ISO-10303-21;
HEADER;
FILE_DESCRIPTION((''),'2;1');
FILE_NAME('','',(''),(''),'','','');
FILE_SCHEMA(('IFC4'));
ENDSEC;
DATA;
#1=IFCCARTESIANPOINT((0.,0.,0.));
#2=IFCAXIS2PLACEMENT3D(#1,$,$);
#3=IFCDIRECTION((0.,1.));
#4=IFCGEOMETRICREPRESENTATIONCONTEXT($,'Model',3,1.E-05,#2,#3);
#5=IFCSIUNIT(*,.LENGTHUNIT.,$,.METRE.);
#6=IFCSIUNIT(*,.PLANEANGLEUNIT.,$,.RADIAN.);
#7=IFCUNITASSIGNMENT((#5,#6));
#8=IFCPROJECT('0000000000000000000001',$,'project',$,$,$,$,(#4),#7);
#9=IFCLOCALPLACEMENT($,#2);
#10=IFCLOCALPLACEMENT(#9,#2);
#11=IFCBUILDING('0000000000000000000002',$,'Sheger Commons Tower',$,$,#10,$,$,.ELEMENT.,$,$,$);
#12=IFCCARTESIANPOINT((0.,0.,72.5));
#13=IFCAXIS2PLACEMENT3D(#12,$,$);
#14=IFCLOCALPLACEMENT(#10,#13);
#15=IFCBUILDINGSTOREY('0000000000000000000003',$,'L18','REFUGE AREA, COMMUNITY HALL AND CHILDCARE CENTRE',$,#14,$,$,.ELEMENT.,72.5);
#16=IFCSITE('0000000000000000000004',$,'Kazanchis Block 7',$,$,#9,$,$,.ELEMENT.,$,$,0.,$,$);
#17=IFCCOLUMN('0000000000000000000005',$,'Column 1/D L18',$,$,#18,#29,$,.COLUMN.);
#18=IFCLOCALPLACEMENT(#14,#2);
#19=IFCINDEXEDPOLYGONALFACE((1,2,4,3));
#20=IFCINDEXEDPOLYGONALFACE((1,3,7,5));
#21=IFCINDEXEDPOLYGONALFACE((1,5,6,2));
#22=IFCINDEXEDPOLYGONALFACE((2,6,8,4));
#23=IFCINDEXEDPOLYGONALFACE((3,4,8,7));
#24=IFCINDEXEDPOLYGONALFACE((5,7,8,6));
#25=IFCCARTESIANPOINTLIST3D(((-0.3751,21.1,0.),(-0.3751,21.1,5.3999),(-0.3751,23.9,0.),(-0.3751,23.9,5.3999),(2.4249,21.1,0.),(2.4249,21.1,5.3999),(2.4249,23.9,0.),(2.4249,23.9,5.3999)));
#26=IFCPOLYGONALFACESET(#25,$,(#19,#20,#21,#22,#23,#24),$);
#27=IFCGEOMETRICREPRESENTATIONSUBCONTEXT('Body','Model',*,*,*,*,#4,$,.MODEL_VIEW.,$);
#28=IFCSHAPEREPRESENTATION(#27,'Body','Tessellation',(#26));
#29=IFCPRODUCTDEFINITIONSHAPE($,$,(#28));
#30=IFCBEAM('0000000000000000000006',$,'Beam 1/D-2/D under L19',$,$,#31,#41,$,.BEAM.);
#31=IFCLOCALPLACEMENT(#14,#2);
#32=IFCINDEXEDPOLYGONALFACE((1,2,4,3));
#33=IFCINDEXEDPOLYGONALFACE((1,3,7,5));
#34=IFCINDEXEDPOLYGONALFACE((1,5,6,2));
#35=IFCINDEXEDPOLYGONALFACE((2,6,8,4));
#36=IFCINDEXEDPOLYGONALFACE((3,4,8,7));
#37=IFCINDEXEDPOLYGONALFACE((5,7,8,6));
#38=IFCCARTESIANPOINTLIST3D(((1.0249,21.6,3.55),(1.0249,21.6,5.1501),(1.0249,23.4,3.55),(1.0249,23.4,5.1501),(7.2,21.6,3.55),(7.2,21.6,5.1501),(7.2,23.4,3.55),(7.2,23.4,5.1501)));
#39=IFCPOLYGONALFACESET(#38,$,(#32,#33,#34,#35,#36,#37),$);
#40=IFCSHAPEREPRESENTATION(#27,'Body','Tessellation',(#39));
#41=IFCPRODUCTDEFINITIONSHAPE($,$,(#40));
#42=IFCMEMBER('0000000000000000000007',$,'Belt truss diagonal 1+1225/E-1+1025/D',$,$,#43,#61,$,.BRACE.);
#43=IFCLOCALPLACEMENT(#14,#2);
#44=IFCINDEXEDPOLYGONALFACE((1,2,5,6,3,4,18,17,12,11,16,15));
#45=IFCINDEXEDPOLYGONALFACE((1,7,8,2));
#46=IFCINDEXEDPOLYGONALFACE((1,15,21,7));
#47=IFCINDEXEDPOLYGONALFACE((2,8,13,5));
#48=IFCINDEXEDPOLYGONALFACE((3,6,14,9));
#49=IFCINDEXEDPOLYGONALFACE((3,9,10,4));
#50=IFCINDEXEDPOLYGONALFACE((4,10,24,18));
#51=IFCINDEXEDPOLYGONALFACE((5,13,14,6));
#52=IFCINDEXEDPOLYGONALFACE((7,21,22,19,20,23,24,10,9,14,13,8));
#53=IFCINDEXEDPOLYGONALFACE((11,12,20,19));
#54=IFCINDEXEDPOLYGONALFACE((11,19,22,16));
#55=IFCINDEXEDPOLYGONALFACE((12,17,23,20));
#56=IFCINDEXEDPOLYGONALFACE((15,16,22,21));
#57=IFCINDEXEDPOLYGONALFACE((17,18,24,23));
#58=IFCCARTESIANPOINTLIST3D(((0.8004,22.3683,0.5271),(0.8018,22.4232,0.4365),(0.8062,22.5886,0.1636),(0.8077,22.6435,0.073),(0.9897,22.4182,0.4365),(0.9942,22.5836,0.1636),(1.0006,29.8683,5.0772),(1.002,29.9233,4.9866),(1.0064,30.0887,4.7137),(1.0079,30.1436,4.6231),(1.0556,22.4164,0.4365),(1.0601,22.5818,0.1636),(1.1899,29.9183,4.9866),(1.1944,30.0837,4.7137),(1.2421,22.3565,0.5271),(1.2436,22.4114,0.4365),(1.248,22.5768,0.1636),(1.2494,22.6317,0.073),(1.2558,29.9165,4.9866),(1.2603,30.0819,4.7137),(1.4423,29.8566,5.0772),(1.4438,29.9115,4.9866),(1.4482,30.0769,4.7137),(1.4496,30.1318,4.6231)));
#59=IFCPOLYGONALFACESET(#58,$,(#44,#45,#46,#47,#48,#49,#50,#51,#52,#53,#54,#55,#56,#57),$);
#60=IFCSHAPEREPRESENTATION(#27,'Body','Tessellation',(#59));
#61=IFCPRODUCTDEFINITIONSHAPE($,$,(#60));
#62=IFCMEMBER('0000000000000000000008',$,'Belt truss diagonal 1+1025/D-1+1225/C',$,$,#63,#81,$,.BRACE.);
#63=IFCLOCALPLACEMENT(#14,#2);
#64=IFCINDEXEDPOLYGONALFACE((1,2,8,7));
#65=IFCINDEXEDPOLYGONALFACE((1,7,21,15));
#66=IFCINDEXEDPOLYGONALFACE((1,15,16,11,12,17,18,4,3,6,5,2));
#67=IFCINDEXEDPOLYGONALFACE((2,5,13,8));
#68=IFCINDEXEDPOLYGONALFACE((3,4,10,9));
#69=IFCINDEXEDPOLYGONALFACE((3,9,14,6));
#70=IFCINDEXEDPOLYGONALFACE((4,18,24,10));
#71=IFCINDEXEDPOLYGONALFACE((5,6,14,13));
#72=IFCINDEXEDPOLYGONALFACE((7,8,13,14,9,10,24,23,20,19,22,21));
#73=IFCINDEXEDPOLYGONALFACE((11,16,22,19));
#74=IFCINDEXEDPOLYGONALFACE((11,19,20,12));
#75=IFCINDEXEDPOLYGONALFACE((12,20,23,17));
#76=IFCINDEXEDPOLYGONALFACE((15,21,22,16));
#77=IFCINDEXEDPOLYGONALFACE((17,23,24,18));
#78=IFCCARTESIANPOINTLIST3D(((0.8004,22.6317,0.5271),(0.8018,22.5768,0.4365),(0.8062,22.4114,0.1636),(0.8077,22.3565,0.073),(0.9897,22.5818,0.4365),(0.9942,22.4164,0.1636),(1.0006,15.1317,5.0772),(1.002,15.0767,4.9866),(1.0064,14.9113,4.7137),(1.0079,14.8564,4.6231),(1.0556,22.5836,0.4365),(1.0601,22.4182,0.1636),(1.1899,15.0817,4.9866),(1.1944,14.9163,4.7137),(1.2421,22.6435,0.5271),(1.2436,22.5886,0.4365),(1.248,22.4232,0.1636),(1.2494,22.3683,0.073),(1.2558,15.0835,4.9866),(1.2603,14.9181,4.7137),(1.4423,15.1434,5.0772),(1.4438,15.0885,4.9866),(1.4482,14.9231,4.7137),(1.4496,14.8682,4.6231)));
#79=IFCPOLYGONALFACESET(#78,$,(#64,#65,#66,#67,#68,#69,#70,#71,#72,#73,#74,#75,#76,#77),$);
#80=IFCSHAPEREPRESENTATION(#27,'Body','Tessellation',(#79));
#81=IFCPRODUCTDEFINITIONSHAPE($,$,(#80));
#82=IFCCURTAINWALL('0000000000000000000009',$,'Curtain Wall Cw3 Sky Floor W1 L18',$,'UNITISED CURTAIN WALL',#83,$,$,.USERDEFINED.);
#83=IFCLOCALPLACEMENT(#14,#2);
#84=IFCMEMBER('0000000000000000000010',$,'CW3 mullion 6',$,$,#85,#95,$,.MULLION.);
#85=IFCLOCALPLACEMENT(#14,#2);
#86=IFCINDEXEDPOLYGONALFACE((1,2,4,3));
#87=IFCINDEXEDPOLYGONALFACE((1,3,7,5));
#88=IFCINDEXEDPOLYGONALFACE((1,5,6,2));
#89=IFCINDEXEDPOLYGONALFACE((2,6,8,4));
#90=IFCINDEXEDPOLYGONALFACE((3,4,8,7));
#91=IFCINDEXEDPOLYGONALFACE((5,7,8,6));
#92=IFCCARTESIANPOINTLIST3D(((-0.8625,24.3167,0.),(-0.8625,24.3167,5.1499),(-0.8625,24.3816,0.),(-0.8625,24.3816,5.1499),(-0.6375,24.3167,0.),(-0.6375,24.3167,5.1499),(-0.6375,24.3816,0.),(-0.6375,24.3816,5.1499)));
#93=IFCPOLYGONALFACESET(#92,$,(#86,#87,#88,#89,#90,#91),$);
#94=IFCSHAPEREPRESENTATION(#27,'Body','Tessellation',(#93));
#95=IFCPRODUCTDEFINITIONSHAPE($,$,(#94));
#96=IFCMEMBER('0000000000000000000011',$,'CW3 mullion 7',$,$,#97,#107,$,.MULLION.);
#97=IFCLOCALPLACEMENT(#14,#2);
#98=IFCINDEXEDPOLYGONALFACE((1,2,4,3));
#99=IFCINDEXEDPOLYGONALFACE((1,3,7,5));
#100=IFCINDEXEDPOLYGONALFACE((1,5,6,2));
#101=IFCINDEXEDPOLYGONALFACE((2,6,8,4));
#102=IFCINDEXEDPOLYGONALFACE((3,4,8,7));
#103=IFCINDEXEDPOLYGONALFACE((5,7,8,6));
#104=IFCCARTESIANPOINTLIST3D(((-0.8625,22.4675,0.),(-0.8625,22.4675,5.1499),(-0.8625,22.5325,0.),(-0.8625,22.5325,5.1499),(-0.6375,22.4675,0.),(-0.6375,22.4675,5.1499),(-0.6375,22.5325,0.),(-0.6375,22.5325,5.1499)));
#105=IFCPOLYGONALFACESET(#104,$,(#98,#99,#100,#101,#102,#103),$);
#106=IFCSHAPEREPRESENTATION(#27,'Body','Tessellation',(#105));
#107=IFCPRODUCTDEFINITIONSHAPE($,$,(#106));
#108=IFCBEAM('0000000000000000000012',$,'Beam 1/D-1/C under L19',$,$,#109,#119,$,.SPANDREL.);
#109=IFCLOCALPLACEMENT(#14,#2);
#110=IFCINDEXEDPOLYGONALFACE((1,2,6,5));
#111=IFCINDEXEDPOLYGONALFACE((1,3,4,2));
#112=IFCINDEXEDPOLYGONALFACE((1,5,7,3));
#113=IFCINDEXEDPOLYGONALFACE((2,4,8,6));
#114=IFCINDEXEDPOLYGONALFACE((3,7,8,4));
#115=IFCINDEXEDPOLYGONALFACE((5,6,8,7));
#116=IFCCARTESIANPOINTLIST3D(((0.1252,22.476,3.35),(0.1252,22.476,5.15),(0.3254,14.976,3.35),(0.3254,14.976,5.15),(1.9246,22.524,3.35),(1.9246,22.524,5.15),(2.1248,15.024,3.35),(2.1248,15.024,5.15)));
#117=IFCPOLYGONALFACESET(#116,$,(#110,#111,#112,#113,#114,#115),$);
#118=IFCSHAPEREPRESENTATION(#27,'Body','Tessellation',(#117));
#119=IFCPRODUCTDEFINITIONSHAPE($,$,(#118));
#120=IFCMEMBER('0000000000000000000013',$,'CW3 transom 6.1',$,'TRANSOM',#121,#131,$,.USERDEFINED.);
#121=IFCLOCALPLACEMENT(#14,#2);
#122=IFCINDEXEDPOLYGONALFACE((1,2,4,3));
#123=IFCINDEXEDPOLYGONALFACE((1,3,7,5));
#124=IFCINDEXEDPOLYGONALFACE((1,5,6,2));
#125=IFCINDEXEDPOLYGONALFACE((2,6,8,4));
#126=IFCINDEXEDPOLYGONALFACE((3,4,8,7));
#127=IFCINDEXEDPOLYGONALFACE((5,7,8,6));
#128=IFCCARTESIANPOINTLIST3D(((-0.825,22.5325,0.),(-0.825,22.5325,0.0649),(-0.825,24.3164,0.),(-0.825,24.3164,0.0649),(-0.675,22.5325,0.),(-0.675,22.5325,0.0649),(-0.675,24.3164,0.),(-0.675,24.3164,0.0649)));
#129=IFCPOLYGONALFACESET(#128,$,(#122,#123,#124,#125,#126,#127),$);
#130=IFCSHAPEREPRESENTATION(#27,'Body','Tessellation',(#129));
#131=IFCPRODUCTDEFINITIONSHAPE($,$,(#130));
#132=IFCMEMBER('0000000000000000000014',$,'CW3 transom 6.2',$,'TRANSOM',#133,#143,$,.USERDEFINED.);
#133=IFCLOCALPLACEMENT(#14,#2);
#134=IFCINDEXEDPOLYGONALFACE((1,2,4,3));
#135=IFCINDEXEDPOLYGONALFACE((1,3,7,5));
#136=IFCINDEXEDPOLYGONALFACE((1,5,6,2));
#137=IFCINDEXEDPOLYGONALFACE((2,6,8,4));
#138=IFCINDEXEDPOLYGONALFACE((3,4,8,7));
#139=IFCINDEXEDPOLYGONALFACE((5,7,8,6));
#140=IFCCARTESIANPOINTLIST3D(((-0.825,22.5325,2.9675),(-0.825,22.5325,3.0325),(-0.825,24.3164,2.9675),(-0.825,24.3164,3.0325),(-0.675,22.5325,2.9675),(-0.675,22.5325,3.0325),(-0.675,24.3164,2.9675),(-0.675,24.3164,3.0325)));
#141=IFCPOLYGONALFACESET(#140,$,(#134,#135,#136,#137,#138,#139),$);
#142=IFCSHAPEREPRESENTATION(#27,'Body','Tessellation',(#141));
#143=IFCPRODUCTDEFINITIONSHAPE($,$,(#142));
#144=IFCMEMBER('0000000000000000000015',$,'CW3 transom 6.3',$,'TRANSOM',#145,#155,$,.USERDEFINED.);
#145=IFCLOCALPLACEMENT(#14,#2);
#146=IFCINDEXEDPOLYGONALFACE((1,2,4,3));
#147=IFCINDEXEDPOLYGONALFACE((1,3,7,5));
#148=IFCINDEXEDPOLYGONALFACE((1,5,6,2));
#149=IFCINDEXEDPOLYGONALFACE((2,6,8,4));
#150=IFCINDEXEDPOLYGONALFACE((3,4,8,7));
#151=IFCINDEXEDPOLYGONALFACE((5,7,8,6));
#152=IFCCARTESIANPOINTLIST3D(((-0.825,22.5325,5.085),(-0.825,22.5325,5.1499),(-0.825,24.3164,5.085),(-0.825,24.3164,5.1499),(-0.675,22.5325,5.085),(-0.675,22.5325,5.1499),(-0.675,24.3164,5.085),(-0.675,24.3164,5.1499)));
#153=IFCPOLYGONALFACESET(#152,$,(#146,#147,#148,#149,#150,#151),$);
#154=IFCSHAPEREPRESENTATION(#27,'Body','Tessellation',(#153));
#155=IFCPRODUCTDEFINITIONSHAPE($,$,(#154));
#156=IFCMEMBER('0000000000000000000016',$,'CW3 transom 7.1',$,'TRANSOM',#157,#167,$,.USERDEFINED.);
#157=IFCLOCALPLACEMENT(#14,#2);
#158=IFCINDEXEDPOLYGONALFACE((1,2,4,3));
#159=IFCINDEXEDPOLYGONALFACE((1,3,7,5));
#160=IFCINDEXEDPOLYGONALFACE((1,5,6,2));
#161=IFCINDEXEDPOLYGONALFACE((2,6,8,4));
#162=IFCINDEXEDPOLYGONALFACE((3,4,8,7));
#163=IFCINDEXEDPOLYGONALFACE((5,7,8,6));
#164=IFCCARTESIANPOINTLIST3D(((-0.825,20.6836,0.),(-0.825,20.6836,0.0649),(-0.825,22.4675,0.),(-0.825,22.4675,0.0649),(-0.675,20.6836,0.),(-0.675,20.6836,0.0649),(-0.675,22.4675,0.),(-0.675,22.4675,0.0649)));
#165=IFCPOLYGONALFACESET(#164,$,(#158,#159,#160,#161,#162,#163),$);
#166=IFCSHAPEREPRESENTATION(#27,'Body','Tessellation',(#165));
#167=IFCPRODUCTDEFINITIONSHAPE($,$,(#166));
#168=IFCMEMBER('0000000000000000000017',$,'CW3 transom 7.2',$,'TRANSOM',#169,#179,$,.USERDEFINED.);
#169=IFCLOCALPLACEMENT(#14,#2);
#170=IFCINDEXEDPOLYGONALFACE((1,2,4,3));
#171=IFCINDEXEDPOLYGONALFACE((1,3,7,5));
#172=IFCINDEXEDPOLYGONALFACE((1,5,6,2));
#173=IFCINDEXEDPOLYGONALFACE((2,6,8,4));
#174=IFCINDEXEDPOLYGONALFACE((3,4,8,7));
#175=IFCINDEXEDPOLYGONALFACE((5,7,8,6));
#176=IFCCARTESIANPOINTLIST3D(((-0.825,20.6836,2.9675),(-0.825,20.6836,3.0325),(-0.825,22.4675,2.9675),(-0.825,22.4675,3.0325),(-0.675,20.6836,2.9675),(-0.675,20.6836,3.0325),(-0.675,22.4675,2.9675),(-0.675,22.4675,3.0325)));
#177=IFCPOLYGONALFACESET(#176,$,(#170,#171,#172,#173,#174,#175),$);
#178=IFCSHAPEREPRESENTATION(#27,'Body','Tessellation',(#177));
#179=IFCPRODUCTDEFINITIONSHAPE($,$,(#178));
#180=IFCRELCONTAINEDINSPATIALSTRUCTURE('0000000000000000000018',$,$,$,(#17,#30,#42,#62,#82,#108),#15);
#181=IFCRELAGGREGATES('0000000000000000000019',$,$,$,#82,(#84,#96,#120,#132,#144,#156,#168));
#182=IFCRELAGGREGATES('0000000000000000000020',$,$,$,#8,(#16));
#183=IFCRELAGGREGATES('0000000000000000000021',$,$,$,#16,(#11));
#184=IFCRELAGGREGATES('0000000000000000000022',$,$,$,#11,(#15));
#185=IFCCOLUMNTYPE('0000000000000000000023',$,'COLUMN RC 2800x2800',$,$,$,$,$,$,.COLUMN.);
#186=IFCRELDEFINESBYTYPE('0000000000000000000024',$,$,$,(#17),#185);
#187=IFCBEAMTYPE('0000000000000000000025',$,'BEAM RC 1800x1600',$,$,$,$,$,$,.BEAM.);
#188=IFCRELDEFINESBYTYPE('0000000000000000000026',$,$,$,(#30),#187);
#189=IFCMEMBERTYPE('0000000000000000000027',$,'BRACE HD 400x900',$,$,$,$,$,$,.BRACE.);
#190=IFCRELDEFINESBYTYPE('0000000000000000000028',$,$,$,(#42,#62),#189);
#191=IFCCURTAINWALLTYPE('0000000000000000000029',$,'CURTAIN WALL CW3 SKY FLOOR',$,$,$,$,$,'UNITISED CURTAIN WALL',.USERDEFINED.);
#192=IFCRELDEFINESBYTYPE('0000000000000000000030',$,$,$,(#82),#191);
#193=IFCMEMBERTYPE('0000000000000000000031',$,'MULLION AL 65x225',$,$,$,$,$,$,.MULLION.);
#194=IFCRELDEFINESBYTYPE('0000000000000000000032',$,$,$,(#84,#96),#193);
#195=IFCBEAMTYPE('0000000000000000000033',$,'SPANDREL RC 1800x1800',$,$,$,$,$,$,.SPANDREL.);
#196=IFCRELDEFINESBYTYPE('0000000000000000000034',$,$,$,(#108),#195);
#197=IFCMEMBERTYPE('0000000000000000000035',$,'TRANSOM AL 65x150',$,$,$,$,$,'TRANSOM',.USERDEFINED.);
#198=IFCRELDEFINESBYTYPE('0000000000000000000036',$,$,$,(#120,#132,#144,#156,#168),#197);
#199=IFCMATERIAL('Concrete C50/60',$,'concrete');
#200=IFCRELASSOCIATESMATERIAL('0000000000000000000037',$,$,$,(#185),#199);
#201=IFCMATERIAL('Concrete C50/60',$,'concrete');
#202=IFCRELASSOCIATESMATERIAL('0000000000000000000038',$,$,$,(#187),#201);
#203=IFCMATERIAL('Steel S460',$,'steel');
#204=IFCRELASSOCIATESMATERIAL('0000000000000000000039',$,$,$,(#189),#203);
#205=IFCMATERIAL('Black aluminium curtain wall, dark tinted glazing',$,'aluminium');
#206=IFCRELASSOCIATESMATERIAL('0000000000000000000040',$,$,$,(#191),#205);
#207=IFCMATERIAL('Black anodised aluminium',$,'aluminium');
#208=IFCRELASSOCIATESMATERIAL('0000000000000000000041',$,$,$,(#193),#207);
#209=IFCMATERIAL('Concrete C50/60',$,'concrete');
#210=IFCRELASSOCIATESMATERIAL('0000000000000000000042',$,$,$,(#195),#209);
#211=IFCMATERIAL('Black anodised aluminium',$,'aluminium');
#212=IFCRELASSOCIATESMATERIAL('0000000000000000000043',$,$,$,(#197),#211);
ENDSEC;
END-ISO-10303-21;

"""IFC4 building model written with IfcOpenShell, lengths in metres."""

from ifc_helpers import new_model, si_unit, direction, frame, origin, origin_2d, place, context, subcontext, project, spatial, rectangle, i_section, extrude, material, material_profile, profile_set, type_object, element, aggregate, save


model = new_model("IFC4")

# Units and contexts
model_context = context("Model", 3, precision=1e-05, world=origin(), true_north=direction((0.0, 1.0)))
body_context = subcontext(model_context, "Body", "Model", "MODEL_VIEW")
ifc_project = project(units=[si_unit("LENGTHUNIT", "METRE"), si_unit("PLANEANGLEUNIT", "RADIAN")], contexts=[model_context])

# Site, building, storey
site_placement = place(None, origin())
site = spatial("IfcSite", under=ifc_project, at=site_placement, Name="Kazanchis Block 7", CompositionType="ELEMENT", RefElevation=0.0)
building_placement = place(site_placement, origin())
building = spatial("IfcBuilding", under=site, at=building_placement, Name="Sheger Commons Tower", CompositionType="ELEMENT")
storey_placement = place(building_placement, frame((0.0, 0.0, 72.5)))
storey = spatial("IfcBuildingStorey", under=building, at=storey_placement, Name="L18", Description="REFUGE AREA, COMMUNITY HALL AND CHILDCARE CENTRE", CompositionType="ELEMENT", Elevation=72.5)

# Column
ifc_material_1 = material(Name="Concrete C50/60", Category="concrete")
ifc_material_profile_1 = material_profile(ifc_material_1, rectangle(XDim=2.8, YDim=2.8, at=origin_2d()), Name="RC 2800x2800")
ifc_profile_set_1 = profile_set([ifc_material_profile_1], Name="Concrete C50/60")
column_type = type_object("IfcColumnType", Name="COLUMN RC 2800x2800", PredefinedType="COLUMN", material=ifc_profile_set_1)
column_placement = place(storey_placement, frame((1.0249, 22.5, 0.0), z_axis=(0.0, 0.0, 1.0), x_axis=(1.0, 0.0, 0.0)))
element("IfcColumn", 1, at=column_placement, inside=storey, type_object=column_type, Name="Column 1/D L18", PredefinedType="COLUMN", context=body_context, shape_type="SweptSolid", body=[
    extrude(rectangle(XDim=2.8, YDim=2.8, at=origin_2d()), origin(), (0.0, 0.0, 1.0), 5.3999),
])

# Beam
ifc_material_2 = material(Name="Concrete C50/60", Category="concrete")
ifc_material_profile_2 = material_profile(ifc_material_2, rectangle(XDim=1.8, YDim=1.6001, at=origin_2d()), Name="RC 1800x1600")
ifc_profile_set_2 = profile_set([ifc_material_profile_2], Name="Concrete C50/60")
beam_type_1 = type_object("IfcBeamType", Name="BEAM RC 1800x1600", PredefinedType="BEAM", material=ifc_profile_set_2)
beam_1_placement = place(storey_placement, frame((1.0249, 22.5, 4.3501), z_axis=(1.0, 0.0, 0.0), x_axis=(0.0, 1.0, 0.0)))
element("IfcBeam", 2, at=beam_1_placement, inside=storey, type_object=beam_type_1, Name="Beam 1/D-2/D under L19", PredefinedType="BEAM", context=body_context, shape_type="SweptSolid", body=[
    extrude(rectangle(XDim=1.8, YDim=1.6001, at=origin_2d()), origin(), (0.0, 0.0, 1.0), 6.175),
])

# Members
ifc_material_3 = material(Name="Steel S460", Category="steel")
ifc_material_profile_3 = material_profile(ifc_material_3, i_section(OverallWidth=0.4419, OverallDepth=0.531, WebThickness=0.0659, FlangeThickness=0.106, at=origin_2d()), Name="HD 400x900")
ifc_profile_set_3 = profile_set([ifc_material_profile_3], Name="Steel S460")
member_type_1 = type_object("IfcMemberType", Name="BRACE HD 400x900", PredefinedType="BRACE", material=ifc_profile_set_3)
for number, where, z_axis, x_axis, name in (
    (3, (1.0249, 22.5, 0.3), (0.022815, 0.854743, 0.51855), (-0.999644, 0.026683, 0.0), "Belt truss diagonal 1+1225/E-1+1025/D"),
    (4, (1.0249, 22.5, 0.3), (0.022815, -0.854743, 0.51855), (0.999644, 0.026683, 0.0), "Belt truss diagonal 1+1025/D-1+1225/C"),
):
    element("IfcMember", number, at=place(storey_placement, frame(where, z_axis=z_axis, x_axis=x_axis)), inside=storey, type_object=member_type_1, Name=name, PredefinedType="BRACE", context=body_context, shape_type="SweptSolid", body=[
        extrude(i_section(OverallWidth=0.4419, OverallDepth=0.531, WebThickness=0.0659, FlangeThickness=0.106, at=origin_2d()), origin(), (0.0, 0.0, 1.0), 8.7747),
    ])

# Curtain wall, members
ifc_material_4 = material(Name="Black aluminium curtain wall, dark tinted glazing", Category="aluminium")
curtain_wall_type = type_object("IfcCurtainWallType", Name="CURTAIN WALL CW3 SKY FLOOR", ElementType="UNITISED CURTAIN WALL", PredefinedType="USERDEFINED", material=ifc_material_4)
curtain_wall_placement = place(storey_placement, origin())
curtain_wall = element("IfcCurtainWall", 5, at=curtain_wall_placement, inside=storey, type_object=curtain_wall_type, Name="Curtain Wall Cw3 Sky Floor W1 L18", ObjectType="UNITISED CURTAIN WALL", PredefinedType="USERDEFINED")
ifc_material_5 = material(Name="Black anodised aluminium", Category="aluminium")
ifc_material_profile_4 = material_profile(ifc_material_5, rectangle(XDim=0.2251, YDim=0.0649, at=origin_2d()), Name="AL 65x225")
ifc_profile_set_4 = profile_set([ifc_material_profile_4], Name="Black anodised aluminium")
member_type_2 = type_object("IfcMemberType", Name="MULLION AL 65x225", PredefinedType="MULLION", material=ifc_profile_set_4)
member_1_placement = place(storey_placement, frame((-0.75, 24.3491, 0.0), z_axis=(0.0, 0.0, 1.0), x_axis=(1.0, 0.0, 0.0)))
member_1 = element("IfcMember", 6, at=member_1_placement, type_object=member_type_2, Name="CW3 mullion 6", PredefinedType="MULLION", context=body_context, shape_type="SweptSolid", body=[
    extrude(rectangle(XDim=0.2251, YDim=0.0649, at=origin_2d()), origin(), (0.0, 0.0, 1.0), 5.1499),
])
member_2_placement = place(storey_placement, frame((-0.75, 22.5, 0.0), z_axis=(0.0, 0.0, 1.0), x_axis=(1.0, 0.0, 0.0)))
member_2 = element("IfcMember", 7, at=member_2_placement, type_object=member_type_2, Name="CW3 mullion 7", PredefinedType="MULLION", context=body_context, shape_type="SweptSolid", body=[
    extrude(rectangle(XDim=0.2251, YDim=0.0649, at=origin_2d()), origin(), (0.0, 0.0, 1.0), 5.1499),
])

# Beam
ifc_material_6 = material(Name="Concrete C50/60", Category="concrete")
ifc_material_profile_5 = material_profile(ifc_material_6, rectangle(XDim=1.8, YDim=1.8, at=origin_2d()), Name="RC 1800x1800")
ifc_profile_set_5 = profile_set([ifc_material_profile_5], Name="Concrete C50/60")
beam_type_2 = type_object("IfcBeamType", Name="SPANDREL RC 1800x1800", PredefinedType="SPANDREL", material=ifc_profile_set_5)
beam_2_placement = place(storey_placement, frame((1.0249, 22.5, 4.25), z_axis=(0.026683, -0.999644, 0.0), x_axis=(0.999644, 0.026683, 0.0)))
element("IfcBeam", 8, at=beam_2_placement, inside=storey, type_object=beam_type_2, Name="Beam 1/D-1/C under L19", PredefinedType="SPANDREL", context=body_context, shape_type="SweptSolid", body=[
    extrude(rectangle(XDim=1.8, YDim=1.8, at=origin_2d()), origin(), (0.0, 0.0, 1.0), 7.5027),
])

# Members
ifc_material_7 = material(Name="Black anodised aluminium", Category="aluminium")
ifc_material_profile_6 = material_profile(ifc_material_7, rectangle(XDim=0.1499, YDim=0.0649, at=origin_2d()), Name="AL 65x150")
ifc_profile_set_6 = profile_set([ifc_material_profile_6], Name="Black anodised aluminium")
member_type_3 = type_object("IfcMemberType", Name="TRANSOM AL 65x150", ElementType="TRANSOM", PredefinedType="USERDEFINED", material=ifc_profile_set_6)
member_3_placement = place(storey_placement, frame((-0.75, 24.3164, 0.0325), z_axis=(0.0, -1.0, 0.0), x_axis=(1.0, 0.0, 0.0)))
member_3 = element("IfcMember", 9, at=member_3_placement, type_object=member_type_3, Name="CW3 transom 6.1", ObjectType="TRANSOM", PredefinedType="USERDEFINED", context=body_context, shape_type="SweptSolid", body=[
    extrude(rectangle(XDim=0.1499, YDim=0.0649, at=origin_2d()), origin(), (0.0, 0.0, 1.0), 1.7839),
])
member_4_placement = place(storey_placement, frame((-0.75, 24.3164, 3.0), z_axis=(0.0, -1.0, 0.0), x_axis=(1.0, 0.0, 0.0)))
member_4 = element("IfcMember", 10, at=member_4_placement, type_object=member_type_3, Name="CW3 transom 6.2", ObjectType="TRANSOM", PredefinedType="USERDEFINED", context=body_context, shape_type="SweptSolid", body=[
    extrude(rectangle(XDim=0.1499, YDim=0.0649, at=origin_2d()), origin(), (0.0, 0.0, 1.0), 1.7839),
])
member_5_placement = place(storey_placement, frame((-0.75, 24.3164, 5.1174), z_axis=(0.0, -1.0, 0.0), x_axis=(1.0, 0.0, 0.0)))
member_5 = element("IfcMember", 11, at=member_5_placement, type_object=member_type_3, Name="CW3 transom 6.3", ObjectType="TRANSOM", PredefinedType="USERDEFINED", context=body_context, shape_type="SweptSolid", body=[
    extrude(rectangle(XDim=0.1499, YDim=0.0649, at=origin_2d()), origin(), (0.0, 0.0, 1.0), 1.7839),
])
member_6_placement = place(storey_placement, frame((-0.75, 22.4675, 0.0325), z_axis=(0.0, -1.0, 0.0), x_axis=(1.0, 0.0, 0.0)))
member_6 = element("IfcMember", 12, at=member_6_placement, type_object=member_type_3, Name="CW3 transom 7.1", ObjectType="TRANSOM", PredefinedType="USERDEFINED", context=body_context, shape_type="SweptSolid", body=[
    extrude(rectangle(XDim=0.1499, YDim=0.0649, at=origin_2d()), origin(), (0.0, 0.0, 1.0), 1.7839),
])
member_7_placement = place(storey_placement, frame((-0.75, 22.4675, 3.0), z_axis=(0.0, -1.0, 0.0), x_axis=(1.0, 0.0, 0.0)))
member_7 = element("IfcMember", 13, at=member_7_placement, type_object=member_type_3, Name="CW3 transom 7.2", ObjectType="TRANSOM", PredefinedType="USERDEFINED", context=body_context, shape_type="SweptSolid", body=[
    extrude(rectangle(XDim=0.1499, YDim=0.0649, at=origin_2d()), origin(), (0.0, 0.0, 1.0), 1.7839),
])

aggregate(curtain_wall, [member_1, member_2, member_3, member_4, member_5, member_6, member_7])

save(model, "model.ifc")
